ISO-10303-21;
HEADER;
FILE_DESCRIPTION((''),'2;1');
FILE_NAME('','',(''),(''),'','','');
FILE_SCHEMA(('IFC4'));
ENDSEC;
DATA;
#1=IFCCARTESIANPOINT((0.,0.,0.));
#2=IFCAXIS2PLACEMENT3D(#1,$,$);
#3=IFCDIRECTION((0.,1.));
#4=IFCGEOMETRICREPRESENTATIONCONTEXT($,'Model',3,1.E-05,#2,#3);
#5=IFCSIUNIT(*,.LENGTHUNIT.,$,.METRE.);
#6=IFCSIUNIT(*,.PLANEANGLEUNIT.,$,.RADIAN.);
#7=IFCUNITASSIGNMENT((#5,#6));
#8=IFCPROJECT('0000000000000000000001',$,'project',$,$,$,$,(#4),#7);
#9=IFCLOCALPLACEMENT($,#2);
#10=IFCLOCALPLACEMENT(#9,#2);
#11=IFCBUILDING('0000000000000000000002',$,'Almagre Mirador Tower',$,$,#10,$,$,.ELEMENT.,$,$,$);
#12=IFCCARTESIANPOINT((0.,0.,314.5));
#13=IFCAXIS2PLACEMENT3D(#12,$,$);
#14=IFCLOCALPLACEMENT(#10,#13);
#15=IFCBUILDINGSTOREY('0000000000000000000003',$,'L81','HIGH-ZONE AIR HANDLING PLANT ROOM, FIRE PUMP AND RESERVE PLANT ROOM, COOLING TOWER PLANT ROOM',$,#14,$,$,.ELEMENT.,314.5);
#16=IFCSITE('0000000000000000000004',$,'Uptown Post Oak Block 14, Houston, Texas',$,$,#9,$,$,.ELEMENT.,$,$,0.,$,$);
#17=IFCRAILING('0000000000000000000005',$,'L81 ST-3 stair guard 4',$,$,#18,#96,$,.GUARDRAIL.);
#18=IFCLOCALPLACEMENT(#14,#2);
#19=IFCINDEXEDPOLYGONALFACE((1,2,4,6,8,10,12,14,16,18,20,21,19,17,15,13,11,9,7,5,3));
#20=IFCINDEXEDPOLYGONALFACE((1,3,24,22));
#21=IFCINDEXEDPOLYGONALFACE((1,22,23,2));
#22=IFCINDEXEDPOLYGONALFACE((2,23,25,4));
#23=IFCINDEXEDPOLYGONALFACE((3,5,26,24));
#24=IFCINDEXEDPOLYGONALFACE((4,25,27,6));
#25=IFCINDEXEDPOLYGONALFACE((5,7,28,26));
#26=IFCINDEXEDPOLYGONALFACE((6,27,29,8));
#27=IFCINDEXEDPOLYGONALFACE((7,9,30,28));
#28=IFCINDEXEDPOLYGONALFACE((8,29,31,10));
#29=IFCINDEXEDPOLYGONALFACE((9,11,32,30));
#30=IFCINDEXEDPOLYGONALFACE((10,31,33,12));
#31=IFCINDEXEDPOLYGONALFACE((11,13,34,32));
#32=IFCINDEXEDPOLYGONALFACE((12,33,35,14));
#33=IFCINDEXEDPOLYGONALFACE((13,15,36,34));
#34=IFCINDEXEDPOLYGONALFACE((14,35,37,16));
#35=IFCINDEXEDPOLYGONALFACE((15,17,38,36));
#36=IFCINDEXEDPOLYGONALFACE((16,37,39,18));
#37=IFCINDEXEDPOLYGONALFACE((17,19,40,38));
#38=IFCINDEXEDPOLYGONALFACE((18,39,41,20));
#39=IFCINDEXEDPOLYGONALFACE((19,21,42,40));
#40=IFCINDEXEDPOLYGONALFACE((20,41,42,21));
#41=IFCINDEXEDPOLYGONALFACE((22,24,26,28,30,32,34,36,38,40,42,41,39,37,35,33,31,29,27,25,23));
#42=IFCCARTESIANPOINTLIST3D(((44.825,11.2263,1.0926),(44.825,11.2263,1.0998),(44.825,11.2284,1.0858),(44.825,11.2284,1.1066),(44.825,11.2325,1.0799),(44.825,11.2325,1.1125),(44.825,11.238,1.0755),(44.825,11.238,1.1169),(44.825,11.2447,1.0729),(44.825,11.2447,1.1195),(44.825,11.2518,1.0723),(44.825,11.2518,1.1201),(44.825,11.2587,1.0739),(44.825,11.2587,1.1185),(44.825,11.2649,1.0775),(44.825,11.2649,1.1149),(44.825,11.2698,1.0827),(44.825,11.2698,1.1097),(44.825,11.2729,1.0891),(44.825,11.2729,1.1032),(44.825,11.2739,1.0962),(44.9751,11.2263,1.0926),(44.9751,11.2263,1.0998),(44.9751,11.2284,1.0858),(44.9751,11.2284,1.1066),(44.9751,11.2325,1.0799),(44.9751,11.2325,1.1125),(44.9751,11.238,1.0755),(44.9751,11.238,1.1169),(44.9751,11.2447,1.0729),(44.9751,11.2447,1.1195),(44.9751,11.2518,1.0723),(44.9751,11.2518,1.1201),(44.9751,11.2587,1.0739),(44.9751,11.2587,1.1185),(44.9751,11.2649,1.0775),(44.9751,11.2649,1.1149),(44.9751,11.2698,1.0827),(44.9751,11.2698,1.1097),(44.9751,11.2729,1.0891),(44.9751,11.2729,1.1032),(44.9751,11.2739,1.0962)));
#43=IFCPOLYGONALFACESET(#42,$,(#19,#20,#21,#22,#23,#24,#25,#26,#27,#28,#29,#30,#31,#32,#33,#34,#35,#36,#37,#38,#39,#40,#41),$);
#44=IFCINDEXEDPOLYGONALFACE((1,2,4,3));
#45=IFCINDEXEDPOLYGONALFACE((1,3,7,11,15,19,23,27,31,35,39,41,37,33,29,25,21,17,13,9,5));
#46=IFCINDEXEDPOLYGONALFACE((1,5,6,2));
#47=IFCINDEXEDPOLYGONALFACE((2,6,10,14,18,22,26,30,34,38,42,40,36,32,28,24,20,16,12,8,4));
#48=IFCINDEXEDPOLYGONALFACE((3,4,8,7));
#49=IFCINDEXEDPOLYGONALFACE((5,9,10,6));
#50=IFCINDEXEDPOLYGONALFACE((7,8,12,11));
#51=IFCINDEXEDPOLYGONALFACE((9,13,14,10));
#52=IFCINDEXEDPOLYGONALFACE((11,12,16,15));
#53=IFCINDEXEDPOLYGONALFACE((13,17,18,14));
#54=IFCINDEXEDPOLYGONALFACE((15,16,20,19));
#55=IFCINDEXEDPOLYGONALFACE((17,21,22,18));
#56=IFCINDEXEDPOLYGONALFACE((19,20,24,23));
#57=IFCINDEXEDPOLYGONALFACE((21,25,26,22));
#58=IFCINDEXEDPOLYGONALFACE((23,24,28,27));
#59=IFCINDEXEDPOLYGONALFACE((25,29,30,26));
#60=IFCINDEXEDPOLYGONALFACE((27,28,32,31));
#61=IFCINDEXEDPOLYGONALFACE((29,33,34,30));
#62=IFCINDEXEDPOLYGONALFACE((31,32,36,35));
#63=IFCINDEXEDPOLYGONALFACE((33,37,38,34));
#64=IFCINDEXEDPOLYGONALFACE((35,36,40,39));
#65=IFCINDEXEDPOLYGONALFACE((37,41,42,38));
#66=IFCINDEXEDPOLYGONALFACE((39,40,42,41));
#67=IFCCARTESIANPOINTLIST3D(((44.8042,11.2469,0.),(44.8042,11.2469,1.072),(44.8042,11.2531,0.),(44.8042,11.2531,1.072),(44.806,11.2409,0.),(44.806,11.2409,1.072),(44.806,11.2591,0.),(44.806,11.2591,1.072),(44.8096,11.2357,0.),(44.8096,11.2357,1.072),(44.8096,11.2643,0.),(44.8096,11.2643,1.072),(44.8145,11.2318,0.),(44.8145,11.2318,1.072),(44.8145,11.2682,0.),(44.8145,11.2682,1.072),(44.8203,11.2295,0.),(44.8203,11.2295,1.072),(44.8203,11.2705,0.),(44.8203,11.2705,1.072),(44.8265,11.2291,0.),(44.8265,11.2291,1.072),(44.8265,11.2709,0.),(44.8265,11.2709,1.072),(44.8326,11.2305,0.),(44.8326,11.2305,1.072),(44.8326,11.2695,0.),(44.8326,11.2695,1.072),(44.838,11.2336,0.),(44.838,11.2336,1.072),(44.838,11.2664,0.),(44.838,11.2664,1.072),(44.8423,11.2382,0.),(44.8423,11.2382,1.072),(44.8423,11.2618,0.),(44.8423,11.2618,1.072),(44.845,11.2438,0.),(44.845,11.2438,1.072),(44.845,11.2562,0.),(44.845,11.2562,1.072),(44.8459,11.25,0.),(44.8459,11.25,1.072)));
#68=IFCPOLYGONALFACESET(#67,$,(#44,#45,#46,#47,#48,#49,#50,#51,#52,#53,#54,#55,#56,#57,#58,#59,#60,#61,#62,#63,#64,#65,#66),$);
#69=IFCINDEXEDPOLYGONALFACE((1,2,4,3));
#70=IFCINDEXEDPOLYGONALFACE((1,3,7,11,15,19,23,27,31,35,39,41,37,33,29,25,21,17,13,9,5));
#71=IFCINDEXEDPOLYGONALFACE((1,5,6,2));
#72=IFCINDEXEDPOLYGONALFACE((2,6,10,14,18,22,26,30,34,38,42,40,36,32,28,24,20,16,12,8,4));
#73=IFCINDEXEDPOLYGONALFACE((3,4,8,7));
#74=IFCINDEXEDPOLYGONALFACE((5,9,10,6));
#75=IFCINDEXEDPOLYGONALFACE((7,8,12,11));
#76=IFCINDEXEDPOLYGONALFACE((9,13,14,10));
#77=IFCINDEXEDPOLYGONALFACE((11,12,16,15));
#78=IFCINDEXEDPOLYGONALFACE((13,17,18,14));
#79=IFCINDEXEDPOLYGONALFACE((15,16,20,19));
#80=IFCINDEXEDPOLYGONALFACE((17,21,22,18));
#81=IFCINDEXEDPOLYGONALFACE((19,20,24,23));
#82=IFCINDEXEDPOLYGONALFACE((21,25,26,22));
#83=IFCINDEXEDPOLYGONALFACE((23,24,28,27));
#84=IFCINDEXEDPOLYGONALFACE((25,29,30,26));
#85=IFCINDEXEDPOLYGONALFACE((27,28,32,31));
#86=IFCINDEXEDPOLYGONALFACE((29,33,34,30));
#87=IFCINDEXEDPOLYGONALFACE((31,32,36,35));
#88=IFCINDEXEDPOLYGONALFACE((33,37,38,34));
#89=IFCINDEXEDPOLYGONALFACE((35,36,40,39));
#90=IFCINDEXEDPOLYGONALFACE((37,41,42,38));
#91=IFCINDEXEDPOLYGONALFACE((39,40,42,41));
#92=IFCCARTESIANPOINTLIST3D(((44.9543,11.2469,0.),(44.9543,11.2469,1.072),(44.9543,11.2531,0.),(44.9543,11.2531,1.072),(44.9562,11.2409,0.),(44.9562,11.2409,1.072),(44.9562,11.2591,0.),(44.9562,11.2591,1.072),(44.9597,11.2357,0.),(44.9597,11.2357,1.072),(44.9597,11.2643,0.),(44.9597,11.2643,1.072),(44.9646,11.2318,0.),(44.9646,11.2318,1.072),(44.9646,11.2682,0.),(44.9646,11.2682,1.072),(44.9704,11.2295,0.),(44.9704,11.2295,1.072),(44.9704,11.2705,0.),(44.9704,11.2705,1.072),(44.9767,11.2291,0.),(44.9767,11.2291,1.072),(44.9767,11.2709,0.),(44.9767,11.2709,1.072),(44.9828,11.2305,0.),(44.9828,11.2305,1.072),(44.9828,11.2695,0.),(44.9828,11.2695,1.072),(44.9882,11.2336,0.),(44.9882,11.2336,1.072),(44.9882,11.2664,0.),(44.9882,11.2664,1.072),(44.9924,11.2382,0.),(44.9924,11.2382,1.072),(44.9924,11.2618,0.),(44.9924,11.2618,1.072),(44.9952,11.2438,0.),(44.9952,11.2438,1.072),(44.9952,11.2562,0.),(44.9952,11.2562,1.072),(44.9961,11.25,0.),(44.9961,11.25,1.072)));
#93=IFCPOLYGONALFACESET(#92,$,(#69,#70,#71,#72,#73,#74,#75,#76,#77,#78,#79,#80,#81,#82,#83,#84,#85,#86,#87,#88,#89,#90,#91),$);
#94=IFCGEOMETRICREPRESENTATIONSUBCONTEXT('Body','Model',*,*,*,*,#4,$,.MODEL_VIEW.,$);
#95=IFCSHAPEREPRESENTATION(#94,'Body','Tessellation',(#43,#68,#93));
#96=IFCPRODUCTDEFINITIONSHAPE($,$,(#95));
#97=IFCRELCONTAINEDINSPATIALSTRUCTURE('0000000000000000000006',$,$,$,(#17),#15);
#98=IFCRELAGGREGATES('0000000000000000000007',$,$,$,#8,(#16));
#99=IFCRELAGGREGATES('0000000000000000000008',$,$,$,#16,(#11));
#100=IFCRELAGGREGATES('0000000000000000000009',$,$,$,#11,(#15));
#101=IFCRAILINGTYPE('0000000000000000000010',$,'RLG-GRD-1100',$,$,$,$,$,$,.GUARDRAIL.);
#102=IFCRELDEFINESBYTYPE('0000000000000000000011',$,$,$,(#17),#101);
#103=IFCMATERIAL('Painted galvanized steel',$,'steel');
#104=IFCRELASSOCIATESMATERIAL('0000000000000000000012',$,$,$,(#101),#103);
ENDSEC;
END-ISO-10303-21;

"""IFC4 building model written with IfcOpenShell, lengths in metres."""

from ifc_helpers import new_model, si_unit, direction, frame, origin, origin_2d, place, context, subcontext, project, spatial, circle, extrude, material, type_object, element, save


model = new_model("IFC4")

# Units and contexts
model_context = context("Model", 3, precision=1e-05, world=origin(), true_north=direction((0.0, 1.0)))
body_context = subcontext(model_context, "Body", "Model", "MODEL_VIEW")
ifc_project = project(units=[si_unit("LENGTHUNIT", "METRE"), si_unit("PLANEANGLEUNIT", "RADIAN")], contexts=[model_context])

# Site, building, storey
site_placement = place(None, origin())
site = spatial("IfcSite", under=ifc_project, at=site_placement, Name="Uptown Post Oak Block 14, Houston, Texas", CompositionType="ELEMENT", RefElevation=0.0)
building_placement = place(site_placement, origin())
building = spatial("IfcBuilding", under=site, at=building_placement, Name="Almagre Mirador Tower", CompositionType="ELEMENT")
storey_placement = place(building_placement, frame((0.0, 0.0, 314.5)))
storey = spatial("IfcBuildingStorey", under=building, at=storey_placement, Name="L81", Description="HIGH-ZONE AIR HANDLING PLANT ROOM, FIRE PUMP AND RESERVE PLANT ROOM, COOLING TOWER PLANT ROOM", CompositionType="ELEMENT", Elevation=314.5)

# Railing
ifc_material_1 = material(Name="Painted galvanized steel", Category="steel")
railing_type_1 = type_object("IfcRailingType", Name="RLG-GRD-1100", PredefinedType="GUARDRAIL", material=ifc_material_1)
railing_1_placement = place(storey_placement, frame((44.825, 11.25, 0.0)))
element("IfcRailing", 1, at=railing_1_placement, inside=storey, type_object=railing_type_1, Name="L81 ST-3 stair guard 4", PredefinedType="GUARDRAIL", context=body_context, shape_type="SweptSolid", body=[
    extrude(circle(Radius=0.0239, at=origin_2d()), frame((0.0, 0.0, 1.0962), z_axis=(1.0, 0.0, 0.0), x_axis=(0.0, 1.0, 0.0)), (0.0, 0.0, 1.0), 0.1501),
    extrude(circle(Radius=0.021, at=origin_2d()), origin(), (0.0, 0.0, 1.0), 1.072),
    extrude(circle(Radius=0.021, at=origin_2d()), frame((0.1501, 0.0, 0.0)), (0.0, 0.0, 1.0), 1.072),
])

save(model, "model.ifc")
